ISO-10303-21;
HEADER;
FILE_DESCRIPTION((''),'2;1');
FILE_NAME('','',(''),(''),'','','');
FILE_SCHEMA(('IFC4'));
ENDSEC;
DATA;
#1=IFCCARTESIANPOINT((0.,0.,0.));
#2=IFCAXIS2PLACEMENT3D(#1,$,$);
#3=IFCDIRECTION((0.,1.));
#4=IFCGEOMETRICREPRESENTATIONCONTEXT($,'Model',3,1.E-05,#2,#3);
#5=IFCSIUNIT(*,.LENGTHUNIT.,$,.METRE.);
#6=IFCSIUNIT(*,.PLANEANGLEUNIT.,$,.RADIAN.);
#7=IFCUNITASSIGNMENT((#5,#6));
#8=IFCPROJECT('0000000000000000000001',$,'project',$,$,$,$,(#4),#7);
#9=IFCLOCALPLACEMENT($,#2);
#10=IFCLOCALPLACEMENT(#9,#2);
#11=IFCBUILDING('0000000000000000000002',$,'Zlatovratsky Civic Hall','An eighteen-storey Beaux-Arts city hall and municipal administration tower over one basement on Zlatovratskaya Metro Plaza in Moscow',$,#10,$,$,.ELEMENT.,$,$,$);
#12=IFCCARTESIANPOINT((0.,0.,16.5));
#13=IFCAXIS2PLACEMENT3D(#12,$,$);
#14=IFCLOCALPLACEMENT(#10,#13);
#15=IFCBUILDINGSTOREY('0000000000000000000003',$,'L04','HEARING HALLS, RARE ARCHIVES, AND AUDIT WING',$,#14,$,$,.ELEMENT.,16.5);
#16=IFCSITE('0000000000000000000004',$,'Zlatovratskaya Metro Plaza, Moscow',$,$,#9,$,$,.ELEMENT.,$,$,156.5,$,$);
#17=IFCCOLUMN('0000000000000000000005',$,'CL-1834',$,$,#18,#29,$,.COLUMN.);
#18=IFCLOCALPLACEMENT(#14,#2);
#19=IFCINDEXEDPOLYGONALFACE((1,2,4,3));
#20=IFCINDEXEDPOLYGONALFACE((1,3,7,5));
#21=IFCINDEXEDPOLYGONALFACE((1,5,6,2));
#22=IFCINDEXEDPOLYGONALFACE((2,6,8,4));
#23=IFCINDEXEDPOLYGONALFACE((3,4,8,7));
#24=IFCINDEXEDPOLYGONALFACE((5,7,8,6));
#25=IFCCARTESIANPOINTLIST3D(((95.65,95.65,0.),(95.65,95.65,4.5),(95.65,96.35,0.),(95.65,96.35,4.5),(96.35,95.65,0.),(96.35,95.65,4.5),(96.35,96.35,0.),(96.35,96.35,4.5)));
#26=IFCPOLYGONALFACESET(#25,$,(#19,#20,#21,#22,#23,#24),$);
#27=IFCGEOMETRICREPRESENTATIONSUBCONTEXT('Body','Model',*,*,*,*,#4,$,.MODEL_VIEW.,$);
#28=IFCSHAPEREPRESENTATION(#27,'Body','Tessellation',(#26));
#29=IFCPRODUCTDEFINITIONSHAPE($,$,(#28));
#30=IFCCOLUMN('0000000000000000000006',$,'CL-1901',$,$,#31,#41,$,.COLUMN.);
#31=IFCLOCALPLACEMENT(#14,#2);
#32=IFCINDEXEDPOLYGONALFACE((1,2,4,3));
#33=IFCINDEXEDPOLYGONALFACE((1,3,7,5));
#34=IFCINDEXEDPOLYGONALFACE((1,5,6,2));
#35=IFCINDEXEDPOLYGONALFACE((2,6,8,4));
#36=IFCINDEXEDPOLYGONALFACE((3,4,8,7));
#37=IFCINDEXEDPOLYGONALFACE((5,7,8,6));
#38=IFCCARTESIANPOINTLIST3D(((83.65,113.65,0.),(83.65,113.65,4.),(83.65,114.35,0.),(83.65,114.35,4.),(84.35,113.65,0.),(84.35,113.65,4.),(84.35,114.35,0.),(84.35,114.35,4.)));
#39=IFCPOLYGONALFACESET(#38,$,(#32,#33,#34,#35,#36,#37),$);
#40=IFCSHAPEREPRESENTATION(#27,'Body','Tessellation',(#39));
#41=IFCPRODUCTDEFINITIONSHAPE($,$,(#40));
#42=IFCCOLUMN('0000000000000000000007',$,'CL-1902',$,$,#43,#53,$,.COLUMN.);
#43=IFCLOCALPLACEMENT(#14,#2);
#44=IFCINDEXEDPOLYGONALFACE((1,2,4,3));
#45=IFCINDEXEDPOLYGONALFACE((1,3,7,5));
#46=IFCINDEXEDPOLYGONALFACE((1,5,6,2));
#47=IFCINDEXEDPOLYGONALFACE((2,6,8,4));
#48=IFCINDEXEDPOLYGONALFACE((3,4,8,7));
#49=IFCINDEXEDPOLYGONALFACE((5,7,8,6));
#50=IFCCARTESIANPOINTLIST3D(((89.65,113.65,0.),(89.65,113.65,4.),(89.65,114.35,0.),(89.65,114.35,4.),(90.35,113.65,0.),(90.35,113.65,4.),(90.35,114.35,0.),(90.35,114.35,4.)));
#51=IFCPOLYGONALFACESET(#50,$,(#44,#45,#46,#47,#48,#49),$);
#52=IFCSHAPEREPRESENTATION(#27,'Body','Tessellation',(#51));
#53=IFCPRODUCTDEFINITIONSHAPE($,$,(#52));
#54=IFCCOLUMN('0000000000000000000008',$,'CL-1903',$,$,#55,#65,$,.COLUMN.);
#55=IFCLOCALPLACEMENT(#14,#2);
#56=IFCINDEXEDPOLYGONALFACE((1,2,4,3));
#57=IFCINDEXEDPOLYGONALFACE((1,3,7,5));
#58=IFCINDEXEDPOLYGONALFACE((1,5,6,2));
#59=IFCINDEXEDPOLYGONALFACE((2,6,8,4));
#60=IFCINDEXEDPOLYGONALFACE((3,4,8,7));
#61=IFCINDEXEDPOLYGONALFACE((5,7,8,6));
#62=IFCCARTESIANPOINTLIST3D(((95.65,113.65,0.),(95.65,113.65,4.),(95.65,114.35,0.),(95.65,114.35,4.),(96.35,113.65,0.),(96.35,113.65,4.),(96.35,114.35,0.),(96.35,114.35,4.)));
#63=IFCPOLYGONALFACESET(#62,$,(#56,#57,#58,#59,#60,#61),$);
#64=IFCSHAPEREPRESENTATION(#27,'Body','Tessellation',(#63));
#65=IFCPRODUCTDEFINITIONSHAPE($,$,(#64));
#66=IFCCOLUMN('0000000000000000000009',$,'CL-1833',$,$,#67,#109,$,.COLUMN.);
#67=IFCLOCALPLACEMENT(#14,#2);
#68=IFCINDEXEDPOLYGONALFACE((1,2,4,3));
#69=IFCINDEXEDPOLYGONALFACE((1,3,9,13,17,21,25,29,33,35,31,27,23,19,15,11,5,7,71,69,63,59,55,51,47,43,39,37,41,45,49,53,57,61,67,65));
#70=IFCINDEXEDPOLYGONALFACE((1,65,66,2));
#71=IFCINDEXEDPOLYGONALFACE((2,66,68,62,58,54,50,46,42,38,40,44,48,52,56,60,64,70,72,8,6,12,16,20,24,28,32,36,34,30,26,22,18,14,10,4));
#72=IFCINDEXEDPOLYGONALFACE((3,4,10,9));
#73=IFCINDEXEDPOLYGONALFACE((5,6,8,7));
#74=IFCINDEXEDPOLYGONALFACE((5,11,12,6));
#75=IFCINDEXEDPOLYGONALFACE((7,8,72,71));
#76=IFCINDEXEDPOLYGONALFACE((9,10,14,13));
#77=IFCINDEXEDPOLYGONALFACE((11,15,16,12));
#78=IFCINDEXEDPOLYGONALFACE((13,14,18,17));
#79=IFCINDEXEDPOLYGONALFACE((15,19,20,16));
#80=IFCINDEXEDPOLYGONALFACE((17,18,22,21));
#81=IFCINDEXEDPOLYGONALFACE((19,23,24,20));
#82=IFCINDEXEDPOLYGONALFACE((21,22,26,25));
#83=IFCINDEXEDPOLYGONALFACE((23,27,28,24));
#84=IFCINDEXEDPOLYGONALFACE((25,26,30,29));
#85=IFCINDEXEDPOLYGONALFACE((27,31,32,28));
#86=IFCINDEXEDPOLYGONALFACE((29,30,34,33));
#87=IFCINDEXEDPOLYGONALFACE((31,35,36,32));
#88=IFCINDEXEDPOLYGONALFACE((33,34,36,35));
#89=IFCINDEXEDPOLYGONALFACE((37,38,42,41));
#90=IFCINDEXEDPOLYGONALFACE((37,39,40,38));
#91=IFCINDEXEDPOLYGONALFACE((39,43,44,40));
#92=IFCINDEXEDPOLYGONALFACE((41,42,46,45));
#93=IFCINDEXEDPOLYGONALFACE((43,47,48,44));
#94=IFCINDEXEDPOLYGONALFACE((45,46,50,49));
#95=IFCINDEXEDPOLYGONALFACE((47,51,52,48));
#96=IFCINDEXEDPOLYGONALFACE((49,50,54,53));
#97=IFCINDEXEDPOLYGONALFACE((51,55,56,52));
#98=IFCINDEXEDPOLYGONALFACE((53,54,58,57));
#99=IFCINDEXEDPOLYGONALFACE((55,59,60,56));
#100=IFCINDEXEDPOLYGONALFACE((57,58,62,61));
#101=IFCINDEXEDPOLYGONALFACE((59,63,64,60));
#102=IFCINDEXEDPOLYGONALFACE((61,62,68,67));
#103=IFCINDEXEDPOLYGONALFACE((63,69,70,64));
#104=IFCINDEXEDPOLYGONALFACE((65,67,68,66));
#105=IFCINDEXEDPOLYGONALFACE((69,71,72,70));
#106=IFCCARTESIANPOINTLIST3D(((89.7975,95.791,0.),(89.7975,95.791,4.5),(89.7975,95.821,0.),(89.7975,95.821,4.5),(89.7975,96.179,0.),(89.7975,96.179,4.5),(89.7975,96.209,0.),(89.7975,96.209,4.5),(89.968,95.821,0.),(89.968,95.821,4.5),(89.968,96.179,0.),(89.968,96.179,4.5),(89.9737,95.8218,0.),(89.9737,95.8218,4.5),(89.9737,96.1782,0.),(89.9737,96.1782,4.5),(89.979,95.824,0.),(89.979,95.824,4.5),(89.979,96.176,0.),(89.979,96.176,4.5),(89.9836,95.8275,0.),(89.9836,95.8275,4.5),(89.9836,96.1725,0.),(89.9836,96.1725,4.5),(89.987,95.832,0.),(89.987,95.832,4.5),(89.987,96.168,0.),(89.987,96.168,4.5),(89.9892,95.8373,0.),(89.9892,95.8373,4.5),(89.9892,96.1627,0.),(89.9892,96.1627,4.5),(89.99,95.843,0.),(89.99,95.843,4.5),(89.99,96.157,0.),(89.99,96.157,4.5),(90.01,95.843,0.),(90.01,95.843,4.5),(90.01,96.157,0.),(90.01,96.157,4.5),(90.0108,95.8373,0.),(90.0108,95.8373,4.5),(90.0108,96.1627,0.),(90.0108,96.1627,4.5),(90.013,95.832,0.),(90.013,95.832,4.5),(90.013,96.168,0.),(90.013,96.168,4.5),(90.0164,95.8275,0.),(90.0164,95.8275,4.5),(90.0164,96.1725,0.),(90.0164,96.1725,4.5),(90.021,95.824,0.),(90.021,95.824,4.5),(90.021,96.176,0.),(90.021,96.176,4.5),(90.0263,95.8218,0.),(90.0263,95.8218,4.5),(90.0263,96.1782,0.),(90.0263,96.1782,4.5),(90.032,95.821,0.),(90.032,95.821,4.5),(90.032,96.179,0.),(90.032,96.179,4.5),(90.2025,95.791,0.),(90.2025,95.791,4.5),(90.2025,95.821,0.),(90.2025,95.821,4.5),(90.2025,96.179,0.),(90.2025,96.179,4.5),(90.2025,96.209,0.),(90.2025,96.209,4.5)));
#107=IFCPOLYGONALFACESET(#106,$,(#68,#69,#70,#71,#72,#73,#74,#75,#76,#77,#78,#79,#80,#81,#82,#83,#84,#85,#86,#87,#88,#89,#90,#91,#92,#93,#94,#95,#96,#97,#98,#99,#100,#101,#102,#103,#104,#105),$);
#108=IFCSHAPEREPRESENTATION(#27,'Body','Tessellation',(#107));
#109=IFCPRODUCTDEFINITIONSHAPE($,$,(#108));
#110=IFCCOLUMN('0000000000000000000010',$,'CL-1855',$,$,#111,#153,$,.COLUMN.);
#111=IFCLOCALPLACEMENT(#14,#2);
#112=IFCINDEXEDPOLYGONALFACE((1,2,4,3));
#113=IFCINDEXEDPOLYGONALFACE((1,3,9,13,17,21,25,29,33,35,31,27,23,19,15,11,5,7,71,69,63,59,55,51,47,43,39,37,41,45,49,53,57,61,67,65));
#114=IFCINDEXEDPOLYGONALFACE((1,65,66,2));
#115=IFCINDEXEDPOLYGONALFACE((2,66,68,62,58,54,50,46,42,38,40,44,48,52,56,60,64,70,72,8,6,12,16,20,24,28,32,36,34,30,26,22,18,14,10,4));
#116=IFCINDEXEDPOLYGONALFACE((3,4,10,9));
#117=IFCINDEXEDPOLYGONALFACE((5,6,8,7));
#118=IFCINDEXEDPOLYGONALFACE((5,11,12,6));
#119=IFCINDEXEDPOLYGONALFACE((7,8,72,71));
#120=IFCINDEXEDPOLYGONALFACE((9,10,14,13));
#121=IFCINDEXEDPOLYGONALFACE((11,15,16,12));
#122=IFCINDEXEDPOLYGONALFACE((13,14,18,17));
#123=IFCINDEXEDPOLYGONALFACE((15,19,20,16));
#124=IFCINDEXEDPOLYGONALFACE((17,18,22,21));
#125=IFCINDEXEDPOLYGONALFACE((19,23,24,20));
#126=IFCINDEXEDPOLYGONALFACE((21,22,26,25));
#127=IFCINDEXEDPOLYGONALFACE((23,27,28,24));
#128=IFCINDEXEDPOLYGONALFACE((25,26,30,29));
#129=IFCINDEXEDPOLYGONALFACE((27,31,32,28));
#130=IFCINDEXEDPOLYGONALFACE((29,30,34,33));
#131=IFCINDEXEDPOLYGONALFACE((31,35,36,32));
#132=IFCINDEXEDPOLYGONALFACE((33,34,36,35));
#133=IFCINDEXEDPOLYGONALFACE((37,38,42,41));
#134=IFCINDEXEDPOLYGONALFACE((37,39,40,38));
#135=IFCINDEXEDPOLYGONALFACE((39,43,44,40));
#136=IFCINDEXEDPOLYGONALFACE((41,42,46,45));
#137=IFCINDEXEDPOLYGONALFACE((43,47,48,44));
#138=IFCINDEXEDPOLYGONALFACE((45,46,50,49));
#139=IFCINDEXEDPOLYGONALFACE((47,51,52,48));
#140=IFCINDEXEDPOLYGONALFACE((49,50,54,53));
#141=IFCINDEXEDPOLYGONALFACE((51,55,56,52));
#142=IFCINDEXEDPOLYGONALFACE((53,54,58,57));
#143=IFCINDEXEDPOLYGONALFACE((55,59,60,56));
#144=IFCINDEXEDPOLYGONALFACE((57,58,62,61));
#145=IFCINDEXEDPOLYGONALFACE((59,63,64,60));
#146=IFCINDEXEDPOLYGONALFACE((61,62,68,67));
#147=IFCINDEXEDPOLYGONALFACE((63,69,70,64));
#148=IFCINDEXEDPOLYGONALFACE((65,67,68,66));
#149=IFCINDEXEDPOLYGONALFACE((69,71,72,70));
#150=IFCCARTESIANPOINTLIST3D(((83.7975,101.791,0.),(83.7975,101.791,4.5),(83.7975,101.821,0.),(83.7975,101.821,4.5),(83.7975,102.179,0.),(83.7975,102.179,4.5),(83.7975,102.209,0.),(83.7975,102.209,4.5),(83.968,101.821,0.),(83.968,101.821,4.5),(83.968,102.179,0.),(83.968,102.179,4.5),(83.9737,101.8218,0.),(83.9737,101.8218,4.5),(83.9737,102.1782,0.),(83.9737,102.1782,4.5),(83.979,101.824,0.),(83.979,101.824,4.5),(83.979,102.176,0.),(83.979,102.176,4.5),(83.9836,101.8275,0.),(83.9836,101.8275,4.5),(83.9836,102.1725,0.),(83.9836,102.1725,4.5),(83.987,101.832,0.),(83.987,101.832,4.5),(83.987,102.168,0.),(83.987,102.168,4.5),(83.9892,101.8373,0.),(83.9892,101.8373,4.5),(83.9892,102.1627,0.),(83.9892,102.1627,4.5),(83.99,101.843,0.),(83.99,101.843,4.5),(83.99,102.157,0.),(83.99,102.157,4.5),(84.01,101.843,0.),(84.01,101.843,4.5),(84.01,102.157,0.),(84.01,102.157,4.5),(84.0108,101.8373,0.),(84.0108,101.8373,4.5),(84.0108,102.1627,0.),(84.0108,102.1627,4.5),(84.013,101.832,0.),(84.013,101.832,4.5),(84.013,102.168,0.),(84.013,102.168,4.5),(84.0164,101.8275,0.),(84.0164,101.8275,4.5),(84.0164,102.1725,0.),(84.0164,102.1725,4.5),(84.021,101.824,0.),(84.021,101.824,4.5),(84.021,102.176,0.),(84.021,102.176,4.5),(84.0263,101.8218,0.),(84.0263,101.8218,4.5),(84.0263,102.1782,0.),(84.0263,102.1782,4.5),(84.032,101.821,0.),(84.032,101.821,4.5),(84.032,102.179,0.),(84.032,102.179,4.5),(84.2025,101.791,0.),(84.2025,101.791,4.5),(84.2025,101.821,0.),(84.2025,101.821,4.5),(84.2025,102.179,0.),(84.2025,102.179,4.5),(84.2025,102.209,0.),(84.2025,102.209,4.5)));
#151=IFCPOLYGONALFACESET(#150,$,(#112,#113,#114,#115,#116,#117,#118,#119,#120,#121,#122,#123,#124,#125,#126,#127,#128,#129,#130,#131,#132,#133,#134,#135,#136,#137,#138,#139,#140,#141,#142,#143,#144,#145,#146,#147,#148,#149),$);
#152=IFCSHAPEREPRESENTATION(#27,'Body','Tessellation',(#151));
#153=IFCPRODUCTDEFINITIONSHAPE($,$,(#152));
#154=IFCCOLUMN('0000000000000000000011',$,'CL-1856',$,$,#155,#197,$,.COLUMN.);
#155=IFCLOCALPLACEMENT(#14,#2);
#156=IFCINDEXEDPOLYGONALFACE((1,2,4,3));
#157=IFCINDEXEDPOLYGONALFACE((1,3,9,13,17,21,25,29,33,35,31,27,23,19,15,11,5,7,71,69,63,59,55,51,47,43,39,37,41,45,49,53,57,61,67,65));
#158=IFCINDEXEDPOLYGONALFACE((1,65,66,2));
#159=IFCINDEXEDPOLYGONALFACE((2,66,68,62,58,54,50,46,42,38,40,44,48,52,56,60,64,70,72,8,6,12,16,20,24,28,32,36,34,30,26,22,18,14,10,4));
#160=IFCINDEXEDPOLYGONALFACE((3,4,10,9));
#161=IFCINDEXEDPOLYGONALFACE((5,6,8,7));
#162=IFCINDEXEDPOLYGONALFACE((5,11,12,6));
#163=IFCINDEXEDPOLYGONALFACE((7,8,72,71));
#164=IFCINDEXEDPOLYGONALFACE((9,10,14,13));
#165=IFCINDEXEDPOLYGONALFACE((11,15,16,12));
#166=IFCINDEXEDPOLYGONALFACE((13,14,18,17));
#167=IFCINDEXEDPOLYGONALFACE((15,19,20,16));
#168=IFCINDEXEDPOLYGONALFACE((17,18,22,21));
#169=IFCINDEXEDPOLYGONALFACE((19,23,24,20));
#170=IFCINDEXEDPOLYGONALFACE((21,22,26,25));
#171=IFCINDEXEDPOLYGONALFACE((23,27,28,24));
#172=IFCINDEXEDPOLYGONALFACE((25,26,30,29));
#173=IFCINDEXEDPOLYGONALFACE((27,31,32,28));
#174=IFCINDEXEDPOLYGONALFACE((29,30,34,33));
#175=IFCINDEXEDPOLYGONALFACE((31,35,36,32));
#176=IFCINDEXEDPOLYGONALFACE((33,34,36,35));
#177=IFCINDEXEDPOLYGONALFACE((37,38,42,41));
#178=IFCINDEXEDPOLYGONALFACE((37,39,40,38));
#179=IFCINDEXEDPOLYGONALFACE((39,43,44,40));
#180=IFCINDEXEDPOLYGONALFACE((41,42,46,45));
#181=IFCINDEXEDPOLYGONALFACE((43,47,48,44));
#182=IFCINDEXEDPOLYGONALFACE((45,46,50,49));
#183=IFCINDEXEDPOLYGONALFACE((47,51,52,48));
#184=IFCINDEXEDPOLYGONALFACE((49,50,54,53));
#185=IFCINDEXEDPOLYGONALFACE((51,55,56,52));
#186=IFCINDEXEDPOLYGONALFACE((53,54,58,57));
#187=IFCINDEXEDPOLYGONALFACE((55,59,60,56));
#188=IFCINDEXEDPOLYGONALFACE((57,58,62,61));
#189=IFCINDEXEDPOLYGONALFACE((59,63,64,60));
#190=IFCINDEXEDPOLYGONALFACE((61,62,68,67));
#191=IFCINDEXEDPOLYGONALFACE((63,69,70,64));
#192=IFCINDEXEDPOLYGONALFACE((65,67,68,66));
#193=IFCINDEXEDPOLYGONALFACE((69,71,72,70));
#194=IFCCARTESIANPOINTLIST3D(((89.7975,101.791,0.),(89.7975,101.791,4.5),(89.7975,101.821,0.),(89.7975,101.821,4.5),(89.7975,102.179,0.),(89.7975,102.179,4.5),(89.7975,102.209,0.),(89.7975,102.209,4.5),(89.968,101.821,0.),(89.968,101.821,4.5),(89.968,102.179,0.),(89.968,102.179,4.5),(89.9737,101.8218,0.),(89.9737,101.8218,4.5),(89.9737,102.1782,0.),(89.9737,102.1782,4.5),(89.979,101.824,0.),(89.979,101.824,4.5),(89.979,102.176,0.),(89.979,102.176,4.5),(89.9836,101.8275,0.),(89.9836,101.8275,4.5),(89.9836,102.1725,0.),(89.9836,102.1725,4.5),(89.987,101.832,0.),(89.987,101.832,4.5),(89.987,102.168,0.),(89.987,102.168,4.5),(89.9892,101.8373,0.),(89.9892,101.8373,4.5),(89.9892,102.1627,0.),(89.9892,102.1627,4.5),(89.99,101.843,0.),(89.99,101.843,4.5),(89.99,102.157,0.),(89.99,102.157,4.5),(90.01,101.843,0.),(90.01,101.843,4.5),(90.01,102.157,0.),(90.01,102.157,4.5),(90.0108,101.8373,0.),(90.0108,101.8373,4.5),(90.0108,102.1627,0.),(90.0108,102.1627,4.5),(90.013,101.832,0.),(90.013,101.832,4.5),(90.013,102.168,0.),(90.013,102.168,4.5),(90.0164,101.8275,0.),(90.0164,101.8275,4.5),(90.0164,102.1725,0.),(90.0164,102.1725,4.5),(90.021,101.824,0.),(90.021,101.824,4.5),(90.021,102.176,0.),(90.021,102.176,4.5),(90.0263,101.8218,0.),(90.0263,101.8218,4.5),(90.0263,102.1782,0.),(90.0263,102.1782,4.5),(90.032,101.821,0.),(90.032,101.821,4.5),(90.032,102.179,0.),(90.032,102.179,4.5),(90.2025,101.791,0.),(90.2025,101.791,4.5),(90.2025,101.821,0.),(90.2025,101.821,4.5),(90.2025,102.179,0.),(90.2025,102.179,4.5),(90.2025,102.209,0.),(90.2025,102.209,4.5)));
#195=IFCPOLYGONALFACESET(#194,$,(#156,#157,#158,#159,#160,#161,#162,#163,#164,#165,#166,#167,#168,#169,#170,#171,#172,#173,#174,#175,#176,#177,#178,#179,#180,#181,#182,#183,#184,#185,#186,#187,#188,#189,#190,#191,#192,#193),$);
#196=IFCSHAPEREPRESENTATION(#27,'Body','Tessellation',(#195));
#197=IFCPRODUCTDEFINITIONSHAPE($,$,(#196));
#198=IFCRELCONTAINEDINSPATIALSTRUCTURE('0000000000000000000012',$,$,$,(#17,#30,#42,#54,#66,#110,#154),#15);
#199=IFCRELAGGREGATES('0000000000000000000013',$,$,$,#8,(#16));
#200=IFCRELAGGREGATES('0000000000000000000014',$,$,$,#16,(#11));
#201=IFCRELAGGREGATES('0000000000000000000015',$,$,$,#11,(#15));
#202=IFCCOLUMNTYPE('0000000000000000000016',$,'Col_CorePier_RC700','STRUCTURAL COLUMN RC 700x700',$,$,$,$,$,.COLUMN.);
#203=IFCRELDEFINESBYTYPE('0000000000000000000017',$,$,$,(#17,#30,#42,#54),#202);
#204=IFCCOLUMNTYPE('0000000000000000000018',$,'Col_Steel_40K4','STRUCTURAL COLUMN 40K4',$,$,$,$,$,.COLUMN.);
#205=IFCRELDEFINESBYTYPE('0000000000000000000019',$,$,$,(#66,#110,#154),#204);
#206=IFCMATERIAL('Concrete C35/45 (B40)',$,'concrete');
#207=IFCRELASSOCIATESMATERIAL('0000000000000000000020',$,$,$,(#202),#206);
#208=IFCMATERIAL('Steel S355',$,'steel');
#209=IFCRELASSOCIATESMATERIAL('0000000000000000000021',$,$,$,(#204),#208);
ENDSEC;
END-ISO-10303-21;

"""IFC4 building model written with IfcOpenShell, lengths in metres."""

from ifc_helpers import new_model, si_unit, direction, frame, origin, origin_2d, place, context, subcontext, project, spatial, rectangle, i_section, extrude, material, material_profile, profile_set, type_object, element, save


model = new_model("IFC4")

# Units and contexts
model_context = context("Model", 3, precision=1e-05, world=origin(), true_north=direction((0.0, 1.0)))
body_context = subcontext(model_context, "Body", "Model", "MODEL_VIEW")
ifc_project = project(units=[si_unit("LENGTHUNIT", "METRE"), si_unit("PLANEANGLEUNIT", "RADIAN")], contexts=[model_context])

# Site, building, storey
site_placement = place(None, origin())
site = spatial("IfcSite", under=ifc_project, at=site_placement, Name="Zlatovratskaya Metro Plaza, Moscow", CompositionType="ELEMENT", RefElevation=156.5)
building_placement = place(site_placement, origin())
building = spatial("IfcBuilding", under=site, at=building_placement, Name="Zlatovratsky Civic Hall", Description="An eighteen-storey Beaux-Arts city hall and municipal administration tower over one basement on Zlatovratskaya Metro Plaza in Moscow", CompositionType="ELEMENT")
storey_placement = place(building_placement, frame((0.0, 0.0, 16.5)))
storey = spatial("IfcBuildingStorey", under=building, at=storey_placement, Name="L04", Description="HEARING HALLS, RARE ARCHIVES, AND AUDIT WING", CompositionType="ELEMENT", Elevation=16.5)

# Columns
ifc_material_1 = material(Name="Concrete C35/45 (B40)", Category="concrete")
ifc_material_profile_1 = material_profile(ifc_material_1, rectangle(XDim=0.7, YDim=0.7, at=origin_2d()), Name="RC 700x700")
ifc_profile_set_1 = profile_set([ifc_material_profile_1], Name="Concrete C35/45 (B40)")
column_type_1 = type_object("IfcColumnType", Name="Col_CorePier_RC700", Description="STRUCTURAL COLUMN RC 700x700", PredefinedType="COLUMN", material=ifc_profile_set_1)
column_placement = place(storey_placement, frame((96.0, 96.0, 0.0), z_axis=(0.0, 0.0, 1.0), x_axis=(1.0, 0.0, 0.0)))
element("IfcColumn", 1, at=column_placement, inside=storey, type_object=column_type_1, Name="CL-1834", PredefinedType="COLUMN", context=body_context, shape_type="SweptSolid", body=[
    extrude(rectangle(XDim=0.7, YDim=0.7, at=origin_2d()), origin(), (0.0, 0.0, 1.0), 4.5),
])
for number, where, z_axis, x_axis, name in (
    (2, (84.0, 114.0, 0.0), (0.0, 0.0, 1.0), (1.0, 0.0, 0.0), "CL-1901"),
    (3, (90.0, 114.0, 0.0), (0.0, 0.0, 1.0), (1.0, 0.0, 0.0), "CL-1902"),
    (4, (96.0, 114.0, 0.0), (0.0, 0.0, 1.0), (1.0, 0.0, 0.0), "CL-1903"),
):
    element("IfcColumn", number, at=place(storey_placement, frame(where, z_axis=z_axis, x_axis=x_axis)), inside=storey, type_object=column_type_1, Name=name, PredefinedType="COLUMN", context=body_context, shape_type="SweptSolid", body=[
        extrude(rectangle(XDim=0.7, YDim=0.7, at=origin_2d()), origin(), (0.0, 0.0, 1.0), 4.0),
    ])
ifc_material_2 = material(Name="Steel S355", Category="steel")
ifc_material_profile_2 = material_profile(ifc_material_2, i_section(OverallWidth=0.405, OverallDepth=0.418, WebThickness=0.02, FlangeThickness=0.03, FilletRadius=0.022, at=origin_2d()), Name="40K4")
ifc_profile_set_2 = profile_set([ifc_material_profile_2], Name="Steel S355")
column_type_2 = type_object("IfcColumnType", Name="Col_Steel_40K4", Description="STRUCTURAL COLUMN 40K4", PredefinedType="COLUMN", material=ifc_profile_set_2)
for number, where, z_axis, x_axis, name in (
    (5, (90.0, 96.0, 0.0), (0.0, 0.0, 1.0), (1.0, 0.0, 0.0), "CL-1833"),
    (6, (84.0, 102.0, 0.0), (0.0, 0.0, 1.0), (1.0, 0.0, 0.0), "CL-1855"),
    (7, (90.0, 102.0, 0.0), (0.0, 0.0, 1.0), (1.0, 0.0, 0.0), "CL-1856"),
):
    element("IfcColumn", number, at=place(storey_placement, frame(where, z_axis=z_axis, x_axis=x_axis)), inside=storey, type_object=column_type_2, Name=name, PredefinedType="COLUMN", context=body_context, shape_type="SweptSolid", body=[
        extrude(i_section(OverallWidth=0.405, OverallDepth=0.418, WebThickness=0.02, FlangeThickness=0.03, FilletRadius=0.022, at=origin_2d()), origin(), (0.0, 0.0, 1.0), 4.5),
    ])

save(model, "model.ifc")
